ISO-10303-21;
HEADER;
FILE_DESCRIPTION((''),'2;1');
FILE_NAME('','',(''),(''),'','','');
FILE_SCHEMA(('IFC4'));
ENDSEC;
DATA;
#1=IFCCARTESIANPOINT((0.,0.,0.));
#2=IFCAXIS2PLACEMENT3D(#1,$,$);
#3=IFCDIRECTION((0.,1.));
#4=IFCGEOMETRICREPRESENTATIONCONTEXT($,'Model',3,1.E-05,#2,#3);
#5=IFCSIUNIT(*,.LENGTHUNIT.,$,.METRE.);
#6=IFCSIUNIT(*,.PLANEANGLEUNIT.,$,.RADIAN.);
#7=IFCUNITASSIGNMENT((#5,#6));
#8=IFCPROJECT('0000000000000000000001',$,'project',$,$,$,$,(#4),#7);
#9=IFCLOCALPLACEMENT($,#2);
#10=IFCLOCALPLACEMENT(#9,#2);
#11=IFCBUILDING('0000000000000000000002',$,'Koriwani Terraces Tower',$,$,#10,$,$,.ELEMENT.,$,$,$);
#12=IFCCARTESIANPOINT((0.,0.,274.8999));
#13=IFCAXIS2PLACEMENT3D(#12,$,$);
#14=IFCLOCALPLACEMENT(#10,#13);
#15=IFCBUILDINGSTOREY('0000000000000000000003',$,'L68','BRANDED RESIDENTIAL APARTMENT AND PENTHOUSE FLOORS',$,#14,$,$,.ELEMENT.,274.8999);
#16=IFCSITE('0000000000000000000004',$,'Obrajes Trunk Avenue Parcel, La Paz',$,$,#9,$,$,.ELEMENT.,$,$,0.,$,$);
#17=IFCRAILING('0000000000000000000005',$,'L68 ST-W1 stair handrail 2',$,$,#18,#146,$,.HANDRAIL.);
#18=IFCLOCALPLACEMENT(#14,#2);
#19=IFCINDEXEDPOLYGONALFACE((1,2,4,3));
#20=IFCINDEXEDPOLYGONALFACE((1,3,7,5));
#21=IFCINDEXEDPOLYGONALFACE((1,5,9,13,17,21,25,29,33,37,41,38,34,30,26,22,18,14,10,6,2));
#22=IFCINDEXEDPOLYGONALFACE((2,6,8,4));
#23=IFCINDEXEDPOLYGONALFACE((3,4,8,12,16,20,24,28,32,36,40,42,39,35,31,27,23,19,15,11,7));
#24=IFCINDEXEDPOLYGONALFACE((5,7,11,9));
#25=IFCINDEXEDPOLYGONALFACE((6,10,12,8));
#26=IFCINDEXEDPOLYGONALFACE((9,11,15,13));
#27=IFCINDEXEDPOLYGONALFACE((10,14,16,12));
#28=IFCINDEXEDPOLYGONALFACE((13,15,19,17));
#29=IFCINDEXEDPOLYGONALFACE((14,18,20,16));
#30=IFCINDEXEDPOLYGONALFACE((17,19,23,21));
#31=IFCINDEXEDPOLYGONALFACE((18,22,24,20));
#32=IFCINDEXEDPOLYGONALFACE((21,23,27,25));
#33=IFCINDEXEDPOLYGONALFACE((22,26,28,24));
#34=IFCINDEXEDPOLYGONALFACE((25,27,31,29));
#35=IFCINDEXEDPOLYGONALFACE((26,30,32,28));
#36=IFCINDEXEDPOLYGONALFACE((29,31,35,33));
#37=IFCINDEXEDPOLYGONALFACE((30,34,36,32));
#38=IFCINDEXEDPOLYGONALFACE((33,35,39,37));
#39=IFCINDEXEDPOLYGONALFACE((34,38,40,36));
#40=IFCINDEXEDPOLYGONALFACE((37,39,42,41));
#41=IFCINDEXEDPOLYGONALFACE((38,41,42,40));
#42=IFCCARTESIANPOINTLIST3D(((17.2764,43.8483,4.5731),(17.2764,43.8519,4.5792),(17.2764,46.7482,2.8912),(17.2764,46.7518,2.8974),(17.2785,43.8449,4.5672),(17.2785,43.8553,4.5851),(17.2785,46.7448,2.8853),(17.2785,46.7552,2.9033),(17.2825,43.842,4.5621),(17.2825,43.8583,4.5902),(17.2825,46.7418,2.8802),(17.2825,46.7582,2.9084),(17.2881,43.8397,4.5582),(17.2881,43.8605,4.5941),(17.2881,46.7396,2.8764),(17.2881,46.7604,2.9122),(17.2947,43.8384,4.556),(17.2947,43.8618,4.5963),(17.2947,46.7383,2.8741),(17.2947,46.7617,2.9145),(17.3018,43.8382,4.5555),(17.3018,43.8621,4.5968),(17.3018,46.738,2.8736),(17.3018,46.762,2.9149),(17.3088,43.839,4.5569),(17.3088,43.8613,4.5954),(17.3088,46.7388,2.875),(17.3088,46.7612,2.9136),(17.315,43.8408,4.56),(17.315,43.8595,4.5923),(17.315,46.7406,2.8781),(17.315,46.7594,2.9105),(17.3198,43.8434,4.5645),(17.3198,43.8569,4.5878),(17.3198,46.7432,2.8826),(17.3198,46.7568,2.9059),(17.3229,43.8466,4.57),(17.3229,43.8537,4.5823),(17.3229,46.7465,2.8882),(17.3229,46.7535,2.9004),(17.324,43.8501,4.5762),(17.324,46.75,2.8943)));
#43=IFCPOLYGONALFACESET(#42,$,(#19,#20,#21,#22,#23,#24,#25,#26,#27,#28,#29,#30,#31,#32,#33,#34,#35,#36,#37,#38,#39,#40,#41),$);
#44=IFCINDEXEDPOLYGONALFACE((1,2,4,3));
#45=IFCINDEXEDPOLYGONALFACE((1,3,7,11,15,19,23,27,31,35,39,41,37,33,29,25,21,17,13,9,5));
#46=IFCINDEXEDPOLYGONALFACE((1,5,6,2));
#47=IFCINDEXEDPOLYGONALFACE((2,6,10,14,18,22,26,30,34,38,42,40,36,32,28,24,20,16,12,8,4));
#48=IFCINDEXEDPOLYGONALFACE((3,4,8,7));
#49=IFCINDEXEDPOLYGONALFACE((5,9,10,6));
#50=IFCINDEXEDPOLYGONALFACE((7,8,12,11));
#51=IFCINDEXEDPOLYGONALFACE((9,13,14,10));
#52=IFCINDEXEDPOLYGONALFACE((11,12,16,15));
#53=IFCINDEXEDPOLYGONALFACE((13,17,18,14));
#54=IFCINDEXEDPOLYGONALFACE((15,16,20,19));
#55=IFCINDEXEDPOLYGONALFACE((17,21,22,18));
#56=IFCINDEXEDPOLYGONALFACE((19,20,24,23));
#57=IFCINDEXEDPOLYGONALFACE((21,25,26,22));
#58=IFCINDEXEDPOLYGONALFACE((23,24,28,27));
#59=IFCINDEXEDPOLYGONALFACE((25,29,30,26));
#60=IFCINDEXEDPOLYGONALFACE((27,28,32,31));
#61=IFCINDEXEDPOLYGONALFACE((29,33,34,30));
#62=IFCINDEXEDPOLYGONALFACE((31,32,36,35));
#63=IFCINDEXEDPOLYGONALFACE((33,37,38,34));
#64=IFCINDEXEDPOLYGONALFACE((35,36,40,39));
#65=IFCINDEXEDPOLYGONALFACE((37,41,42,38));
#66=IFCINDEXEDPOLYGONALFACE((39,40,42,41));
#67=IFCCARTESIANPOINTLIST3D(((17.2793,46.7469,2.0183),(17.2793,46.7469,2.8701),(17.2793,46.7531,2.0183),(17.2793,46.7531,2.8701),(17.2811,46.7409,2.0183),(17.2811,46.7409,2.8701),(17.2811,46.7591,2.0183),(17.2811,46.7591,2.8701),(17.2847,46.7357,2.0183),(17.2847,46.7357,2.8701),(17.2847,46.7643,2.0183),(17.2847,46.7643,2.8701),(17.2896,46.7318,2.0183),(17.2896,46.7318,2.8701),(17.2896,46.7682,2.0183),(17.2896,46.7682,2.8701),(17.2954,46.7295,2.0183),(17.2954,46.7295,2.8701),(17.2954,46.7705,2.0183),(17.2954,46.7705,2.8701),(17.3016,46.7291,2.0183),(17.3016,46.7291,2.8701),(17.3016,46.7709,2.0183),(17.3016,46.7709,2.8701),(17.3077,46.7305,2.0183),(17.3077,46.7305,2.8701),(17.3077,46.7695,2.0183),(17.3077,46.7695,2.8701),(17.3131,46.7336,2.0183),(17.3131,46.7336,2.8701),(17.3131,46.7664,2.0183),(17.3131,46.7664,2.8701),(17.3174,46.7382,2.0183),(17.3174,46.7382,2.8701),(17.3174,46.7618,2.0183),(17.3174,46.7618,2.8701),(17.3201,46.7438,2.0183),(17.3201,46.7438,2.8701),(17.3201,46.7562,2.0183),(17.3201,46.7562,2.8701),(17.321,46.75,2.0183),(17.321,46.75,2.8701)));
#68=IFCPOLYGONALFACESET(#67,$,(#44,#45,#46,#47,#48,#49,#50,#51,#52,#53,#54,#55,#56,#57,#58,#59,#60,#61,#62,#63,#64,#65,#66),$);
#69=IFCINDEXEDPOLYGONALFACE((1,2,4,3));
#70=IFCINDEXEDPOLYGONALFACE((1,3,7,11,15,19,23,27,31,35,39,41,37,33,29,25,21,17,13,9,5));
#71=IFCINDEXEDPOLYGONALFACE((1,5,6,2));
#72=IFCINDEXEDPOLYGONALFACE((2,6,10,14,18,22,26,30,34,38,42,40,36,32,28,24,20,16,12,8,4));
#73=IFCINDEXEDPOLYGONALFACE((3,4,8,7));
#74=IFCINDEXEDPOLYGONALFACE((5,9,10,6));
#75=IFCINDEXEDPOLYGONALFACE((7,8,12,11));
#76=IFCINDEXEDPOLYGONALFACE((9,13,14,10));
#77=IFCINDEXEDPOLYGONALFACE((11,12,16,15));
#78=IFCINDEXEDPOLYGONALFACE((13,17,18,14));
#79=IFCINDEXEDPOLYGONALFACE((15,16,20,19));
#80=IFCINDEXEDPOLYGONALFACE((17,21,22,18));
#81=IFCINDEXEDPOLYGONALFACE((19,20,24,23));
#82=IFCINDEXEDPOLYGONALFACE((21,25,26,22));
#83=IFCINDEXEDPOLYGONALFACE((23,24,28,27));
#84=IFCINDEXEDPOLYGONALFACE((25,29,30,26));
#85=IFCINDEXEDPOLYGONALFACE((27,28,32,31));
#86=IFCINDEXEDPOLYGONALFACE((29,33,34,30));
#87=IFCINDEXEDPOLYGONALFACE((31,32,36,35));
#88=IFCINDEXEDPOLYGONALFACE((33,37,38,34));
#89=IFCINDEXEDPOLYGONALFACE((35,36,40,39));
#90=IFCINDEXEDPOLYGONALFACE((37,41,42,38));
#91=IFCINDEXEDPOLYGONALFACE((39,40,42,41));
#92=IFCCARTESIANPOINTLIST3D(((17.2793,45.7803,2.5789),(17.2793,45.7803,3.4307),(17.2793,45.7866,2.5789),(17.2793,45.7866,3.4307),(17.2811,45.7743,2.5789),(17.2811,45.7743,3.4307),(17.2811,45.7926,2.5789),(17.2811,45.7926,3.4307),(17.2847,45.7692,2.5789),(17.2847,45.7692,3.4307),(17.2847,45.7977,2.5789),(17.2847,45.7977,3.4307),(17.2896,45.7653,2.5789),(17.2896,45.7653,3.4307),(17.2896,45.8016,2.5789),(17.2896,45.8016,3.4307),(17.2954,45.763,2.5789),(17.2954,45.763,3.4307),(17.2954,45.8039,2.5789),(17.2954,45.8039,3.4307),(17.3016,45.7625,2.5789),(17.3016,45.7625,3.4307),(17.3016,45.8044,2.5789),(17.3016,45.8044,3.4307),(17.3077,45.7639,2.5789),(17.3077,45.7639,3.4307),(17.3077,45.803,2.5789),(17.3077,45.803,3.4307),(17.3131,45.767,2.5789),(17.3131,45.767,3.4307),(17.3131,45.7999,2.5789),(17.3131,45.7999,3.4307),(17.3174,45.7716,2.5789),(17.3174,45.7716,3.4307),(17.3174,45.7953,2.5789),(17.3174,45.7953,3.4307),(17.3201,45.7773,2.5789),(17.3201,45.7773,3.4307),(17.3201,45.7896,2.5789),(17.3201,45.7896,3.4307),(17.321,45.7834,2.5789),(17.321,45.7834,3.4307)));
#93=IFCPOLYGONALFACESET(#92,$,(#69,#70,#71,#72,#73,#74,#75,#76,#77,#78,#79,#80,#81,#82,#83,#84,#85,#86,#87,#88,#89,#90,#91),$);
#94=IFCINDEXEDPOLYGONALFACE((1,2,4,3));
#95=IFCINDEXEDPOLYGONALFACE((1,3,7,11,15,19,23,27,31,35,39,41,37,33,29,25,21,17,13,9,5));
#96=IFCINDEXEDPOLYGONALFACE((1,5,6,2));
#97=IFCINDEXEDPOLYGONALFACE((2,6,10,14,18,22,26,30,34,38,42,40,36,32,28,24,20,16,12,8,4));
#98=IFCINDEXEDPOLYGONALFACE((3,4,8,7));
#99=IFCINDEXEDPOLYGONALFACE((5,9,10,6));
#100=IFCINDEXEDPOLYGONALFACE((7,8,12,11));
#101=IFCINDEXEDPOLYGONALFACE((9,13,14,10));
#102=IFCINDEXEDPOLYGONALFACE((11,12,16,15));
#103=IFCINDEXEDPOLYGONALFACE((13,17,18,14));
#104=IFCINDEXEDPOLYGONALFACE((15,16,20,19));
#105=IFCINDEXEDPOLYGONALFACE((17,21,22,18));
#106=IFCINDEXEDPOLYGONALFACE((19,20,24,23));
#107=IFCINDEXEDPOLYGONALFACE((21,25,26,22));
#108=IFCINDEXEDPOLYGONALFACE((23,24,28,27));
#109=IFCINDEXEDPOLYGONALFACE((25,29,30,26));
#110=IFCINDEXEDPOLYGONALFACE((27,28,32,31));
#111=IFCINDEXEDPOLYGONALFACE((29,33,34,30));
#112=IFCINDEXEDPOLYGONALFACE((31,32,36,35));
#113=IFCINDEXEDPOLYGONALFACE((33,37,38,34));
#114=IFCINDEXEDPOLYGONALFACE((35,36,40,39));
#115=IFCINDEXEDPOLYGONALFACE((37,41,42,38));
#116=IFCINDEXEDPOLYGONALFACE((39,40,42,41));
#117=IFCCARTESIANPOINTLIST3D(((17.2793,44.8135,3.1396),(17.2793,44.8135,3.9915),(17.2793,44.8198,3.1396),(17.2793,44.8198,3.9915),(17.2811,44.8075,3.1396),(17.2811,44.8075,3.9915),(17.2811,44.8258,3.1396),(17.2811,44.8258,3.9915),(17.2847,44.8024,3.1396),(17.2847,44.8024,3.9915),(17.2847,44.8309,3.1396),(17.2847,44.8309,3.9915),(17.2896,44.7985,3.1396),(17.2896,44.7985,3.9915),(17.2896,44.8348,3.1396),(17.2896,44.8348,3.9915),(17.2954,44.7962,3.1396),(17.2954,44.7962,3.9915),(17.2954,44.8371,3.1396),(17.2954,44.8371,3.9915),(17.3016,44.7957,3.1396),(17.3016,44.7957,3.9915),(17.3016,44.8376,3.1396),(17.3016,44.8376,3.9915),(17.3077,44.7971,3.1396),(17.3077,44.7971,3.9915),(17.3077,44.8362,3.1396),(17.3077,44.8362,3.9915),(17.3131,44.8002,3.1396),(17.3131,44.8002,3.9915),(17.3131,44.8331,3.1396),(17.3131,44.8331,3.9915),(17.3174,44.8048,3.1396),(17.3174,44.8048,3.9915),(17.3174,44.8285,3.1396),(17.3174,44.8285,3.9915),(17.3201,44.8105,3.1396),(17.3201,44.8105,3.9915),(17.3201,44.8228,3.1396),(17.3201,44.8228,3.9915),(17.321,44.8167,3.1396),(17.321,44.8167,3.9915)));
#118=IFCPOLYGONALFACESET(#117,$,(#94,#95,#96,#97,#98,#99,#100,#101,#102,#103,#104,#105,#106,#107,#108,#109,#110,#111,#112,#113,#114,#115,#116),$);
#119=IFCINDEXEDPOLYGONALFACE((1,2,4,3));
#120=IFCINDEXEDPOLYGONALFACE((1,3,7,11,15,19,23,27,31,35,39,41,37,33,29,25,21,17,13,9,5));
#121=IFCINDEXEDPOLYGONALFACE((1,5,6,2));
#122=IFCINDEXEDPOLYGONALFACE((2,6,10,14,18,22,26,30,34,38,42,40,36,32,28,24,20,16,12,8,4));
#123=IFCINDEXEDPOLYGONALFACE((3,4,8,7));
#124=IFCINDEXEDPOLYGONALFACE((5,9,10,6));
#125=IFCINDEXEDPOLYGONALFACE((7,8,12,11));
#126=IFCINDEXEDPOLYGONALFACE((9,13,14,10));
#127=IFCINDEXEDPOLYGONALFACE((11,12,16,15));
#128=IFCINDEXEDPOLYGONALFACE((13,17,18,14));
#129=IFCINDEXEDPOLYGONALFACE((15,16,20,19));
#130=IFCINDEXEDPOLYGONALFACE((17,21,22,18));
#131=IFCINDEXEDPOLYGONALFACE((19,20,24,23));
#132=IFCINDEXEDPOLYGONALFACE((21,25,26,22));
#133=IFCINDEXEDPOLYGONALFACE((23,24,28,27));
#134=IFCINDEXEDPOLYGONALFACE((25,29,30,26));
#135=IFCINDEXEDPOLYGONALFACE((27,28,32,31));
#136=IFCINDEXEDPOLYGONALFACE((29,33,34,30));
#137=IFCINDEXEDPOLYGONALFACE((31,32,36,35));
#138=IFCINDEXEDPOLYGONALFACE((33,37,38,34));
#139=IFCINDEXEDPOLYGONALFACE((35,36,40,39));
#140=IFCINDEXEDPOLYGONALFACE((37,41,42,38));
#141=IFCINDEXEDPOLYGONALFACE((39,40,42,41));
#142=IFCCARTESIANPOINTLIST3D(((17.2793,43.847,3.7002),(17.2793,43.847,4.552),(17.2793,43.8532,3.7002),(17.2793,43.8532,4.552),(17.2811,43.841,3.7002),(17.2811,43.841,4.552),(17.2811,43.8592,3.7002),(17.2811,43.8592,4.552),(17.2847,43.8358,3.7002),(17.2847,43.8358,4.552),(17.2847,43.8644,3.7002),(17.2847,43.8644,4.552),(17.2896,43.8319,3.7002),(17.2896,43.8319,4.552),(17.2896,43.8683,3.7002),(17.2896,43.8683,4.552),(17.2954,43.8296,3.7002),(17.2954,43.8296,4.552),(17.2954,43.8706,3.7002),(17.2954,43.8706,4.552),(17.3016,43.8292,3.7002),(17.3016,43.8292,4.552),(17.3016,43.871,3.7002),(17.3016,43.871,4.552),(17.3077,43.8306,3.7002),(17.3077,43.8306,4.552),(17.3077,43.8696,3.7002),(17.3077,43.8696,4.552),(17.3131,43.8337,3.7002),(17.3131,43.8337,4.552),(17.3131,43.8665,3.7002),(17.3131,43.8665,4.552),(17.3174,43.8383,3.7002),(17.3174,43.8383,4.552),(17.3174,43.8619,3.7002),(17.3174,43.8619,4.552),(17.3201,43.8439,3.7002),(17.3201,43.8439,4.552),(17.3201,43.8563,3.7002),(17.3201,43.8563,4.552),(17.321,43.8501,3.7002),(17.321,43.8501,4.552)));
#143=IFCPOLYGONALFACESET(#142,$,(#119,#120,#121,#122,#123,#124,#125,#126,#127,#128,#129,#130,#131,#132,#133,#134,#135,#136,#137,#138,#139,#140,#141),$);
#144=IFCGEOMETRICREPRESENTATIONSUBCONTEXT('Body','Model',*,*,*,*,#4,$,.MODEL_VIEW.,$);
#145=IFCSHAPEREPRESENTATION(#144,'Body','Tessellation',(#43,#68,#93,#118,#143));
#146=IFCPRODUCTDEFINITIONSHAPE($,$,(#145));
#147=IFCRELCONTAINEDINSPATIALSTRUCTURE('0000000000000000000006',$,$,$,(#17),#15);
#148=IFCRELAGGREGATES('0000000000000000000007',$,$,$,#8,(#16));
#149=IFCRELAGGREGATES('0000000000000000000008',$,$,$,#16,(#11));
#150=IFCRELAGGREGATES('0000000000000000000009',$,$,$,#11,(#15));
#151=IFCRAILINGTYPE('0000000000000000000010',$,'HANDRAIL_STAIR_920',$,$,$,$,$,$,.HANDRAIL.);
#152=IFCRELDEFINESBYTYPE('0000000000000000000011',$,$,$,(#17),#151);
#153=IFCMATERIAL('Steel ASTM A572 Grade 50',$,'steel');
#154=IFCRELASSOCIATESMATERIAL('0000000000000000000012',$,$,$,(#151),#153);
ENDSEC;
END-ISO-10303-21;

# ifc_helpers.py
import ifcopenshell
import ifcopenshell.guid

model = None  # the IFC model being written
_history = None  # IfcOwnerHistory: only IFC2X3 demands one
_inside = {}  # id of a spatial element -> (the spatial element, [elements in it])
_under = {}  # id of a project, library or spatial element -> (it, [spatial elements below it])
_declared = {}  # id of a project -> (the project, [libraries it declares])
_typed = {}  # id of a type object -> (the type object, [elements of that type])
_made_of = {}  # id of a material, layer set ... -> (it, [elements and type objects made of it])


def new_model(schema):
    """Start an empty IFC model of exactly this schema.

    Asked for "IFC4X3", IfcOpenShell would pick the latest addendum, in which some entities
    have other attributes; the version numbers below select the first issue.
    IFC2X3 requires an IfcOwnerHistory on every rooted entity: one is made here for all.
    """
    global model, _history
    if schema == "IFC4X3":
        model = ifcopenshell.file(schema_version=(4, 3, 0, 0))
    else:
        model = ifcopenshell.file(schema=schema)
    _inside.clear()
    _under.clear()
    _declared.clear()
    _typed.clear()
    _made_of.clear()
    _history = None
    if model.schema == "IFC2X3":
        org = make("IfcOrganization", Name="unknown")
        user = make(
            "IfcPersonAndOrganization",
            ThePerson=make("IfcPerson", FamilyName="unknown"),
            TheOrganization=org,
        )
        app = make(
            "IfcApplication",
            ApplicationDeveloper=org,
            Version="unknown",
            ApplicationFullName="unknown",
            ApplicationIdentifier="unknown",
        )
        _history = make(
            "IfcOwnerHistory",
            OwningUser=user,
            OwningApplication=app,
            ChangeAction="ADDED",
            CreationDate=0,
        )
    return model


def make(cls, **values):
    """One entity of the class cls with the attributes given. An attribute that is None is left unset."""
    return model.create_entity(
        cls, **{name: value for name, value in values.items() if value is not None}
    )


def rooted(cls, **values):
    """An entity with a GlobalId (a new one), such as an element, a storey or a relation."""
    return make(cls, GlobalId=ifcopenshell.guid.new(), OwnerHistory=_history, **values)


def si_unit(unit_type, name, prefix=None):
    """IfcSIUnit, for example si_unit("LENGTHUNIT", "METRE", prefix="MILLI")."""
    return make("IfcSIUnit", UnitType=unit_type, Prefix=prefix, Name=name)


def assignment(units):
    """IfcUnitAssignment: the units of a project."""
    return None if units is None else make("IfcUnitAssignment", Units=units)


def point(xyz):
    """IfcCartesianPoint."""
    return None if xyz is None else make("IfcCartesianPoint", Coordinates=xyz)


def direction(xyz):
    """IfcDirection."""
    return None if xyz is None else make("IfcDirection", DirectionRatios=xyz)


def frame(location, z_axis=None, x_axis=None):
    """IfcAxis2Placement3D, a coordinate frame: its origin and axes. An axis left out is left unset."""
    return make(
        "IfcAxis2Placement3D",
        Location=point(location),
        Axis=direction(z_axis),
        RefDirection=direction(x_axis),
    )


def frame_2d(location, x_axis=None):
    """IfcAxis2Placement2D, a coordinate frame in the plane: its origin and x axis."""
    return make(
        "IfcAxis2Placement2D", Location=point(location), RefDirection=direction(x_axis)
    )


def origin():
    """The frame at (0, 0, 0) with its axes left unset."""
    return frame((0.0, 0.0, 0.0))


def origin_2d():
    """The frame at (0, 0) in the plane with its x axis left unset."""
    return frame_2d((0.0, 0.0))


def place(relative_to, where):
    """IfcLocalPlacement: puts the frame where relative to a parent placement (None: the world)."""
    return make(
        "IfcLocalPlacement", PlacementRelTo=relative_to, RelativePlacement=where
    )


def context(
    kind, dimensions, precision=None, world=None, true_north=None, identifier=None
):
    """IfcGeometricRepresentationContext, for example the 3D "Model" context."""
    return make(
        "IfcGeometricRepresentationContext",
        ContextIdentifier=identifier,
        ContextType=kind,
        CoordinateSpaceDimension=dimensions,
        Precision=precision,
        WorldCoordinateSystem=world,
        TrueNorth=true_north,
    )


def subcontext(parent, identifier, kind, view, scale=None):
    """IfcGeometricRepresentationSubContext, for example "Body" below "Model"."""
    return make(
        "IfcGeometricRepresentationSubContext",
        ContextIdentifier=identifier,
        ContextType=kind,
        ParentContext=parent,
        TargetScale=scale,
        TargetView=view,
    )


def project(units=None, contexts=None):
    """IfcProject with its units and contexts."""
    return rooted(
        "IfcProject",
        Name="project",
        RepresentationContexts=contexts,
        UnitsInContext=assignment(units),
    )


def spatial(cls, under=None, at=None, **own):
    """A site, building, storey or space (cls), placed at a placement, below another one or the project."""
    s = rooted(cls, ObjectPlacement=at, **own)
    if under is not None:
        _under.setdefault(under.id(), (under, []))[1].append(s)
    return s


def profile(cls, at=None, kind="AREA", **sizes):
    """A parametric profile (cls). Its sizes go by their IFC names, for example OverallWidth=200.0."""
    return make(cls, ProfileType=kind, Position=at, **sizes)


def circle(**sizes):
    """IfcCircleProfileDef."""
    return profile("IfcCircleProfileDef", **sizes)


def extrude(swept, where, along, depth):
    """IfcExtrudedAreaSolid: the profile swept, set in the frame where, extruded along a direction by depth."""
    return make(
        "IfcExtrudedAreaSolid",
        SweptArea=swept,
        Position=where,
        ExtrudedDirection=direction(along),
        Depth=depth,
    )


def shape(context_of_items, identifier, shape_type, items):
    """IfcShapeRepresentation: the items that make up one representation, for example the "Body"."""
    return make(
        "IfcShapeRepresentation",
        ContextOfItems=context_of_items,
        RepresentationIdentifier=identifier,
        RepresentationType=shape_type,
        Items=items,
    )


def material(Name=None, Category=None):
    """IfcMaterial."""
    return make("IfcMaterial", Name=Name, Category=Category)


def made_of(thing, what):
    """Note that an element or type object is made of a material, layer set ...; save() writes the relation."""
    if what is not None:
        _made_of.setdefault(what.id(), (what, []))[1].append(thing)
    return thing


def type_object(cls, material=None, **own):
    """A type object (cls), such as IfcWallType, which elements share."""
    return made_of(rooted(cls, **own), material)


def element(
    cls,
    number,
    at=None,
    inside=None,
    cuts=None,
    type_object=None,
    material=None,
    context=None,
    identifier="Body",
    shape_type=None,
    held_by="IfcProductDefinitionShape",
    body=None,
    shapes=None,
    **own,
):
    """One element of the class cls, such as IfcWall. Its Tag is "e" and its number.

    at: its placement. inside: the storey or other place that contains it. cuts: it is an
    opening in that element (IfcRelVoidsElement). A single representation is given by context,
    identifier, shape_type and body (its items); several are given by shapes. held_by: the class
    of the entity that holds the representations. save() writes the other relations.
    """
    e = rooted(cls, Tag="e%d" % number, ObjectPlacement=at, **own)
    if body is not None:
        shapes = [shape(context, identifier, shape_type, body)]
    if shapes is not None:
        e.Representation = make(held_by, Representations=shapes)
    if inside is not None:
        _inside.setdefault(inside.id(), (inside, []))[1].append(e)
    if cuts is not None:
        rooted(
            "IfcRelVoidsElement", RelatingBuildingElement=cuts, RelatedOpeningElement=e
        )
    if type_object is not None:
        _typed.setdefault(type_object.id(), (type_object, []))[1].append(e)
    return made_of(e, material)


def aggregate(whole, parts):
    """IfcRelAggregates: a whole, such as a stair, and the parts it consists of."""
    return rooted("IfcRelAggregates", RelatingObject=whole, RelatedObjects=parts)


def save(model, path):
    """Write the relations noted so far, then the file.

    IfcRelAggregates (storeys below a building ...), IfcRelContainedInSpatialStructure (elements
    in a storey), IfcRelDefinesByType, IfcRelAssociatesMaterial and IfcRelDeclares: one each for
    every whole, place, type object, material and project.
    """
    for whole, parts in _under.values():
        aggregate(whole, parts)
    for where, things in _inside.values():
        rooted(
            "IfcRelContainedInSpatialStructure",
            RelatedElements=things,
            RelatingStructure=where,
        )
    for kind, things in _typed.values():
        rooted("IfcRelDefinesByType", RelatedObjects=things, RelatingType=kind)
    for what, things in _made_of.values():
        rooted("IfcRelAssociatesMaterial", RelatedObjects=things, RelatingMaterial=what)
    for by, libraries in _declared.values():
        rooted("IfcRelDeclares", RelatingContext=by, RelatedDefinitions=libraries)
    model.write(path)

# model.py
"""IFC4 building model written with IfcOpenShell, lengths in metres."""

from ifc_helpers import new_model, si_unit, direction, frame, origin, origin_2d, place, context, subcontext, project, spatial, circle, extrude, material, type_object, element, save


model = new_model("IFC4")

# Units and contexts
model_context = context("Model", 3, precision=1e-05, world=origin(), true_north=direction((0.0, 1.0)))
body_context = subcontext(model_context, "Body", "Model", "MODEL_VIEW")
ifc_project = project(units=[si_unit("LENGTHUNIT", "METRE"), si_unit("PLANEANGLEUNIT", "RADIAN")], contexts=[model_context])

# Site, building, storey
site_placement = place(None, origin())
site = spatial("IfcSite", under=ifc_project, at=site_placement, Name="Obrajes Trunk Avenue Parcel, La Paz", CompositionType="ELEMENT", RefElevation=0.0)
building_placement = place(site_placement, origin())
building = spatial("IfcBuilding", under=site, at=building_placement, Name="Koriwani Terraces Tower", CompositionType="ELEMENT")
storey_placement = place(building_placement, frame((0.0, 0.0, 274.8999)))
storey = spatial("IfcBuildingStorey", under=building, at=storey_placement, Name="L68", Description="BRANDED RESIDENTIAL APARTMENT AND PENTHOUSE FLOORS", CompositionType="ELEMENT", Elevation=274.8999)

# Railing
ifc_material_1 = material(Name="Steel ASTM A572 Grade 50", Category="steel")
railing_type_1 = type_object("IfcRailingType", Name="HANDRAIL_STAIR_920", PredefinedType="HANDRAIL", material=ifc_material_1)
railing_1_placement = place(storey_placement, frame((17.3, 46.75, 2.0183)))
element("IfcRailing", 1, at=railing_1_placement, inside=storey, type_object=railing_type_1, Name="L68 ST-W1 stair handrail 2", PredefinedType="HANDRAIL", context=body_context, shape_type="SweptSolid", body=[
    extrude(circle(Radius=0.0239, at=origin_2d()), frame((0.0, 0.0, 0.876), z_axis=(0.0, -0.865039, 0.501705), x_axis=(1.0, 0.0, 0.0)), (0.0, 0.0, 1.0), 3.3523),
    extrude(circle(Radius=0.021, at=origin_2d()), origin(), (0.0, 0.0, 1.0), 0.8518),
    extrude(circle(Radius=0.021, at=origin_2d()), frame((0.0, -0.9666, 0.5605)), (0.0, 0.0, 1.0), 0.8518),
    extrude(circle(Radius=0.021, at=origin_2d()), frame((0.0, -1.9333, 1.1213)), (0.0, 0.0, 1.0), 0.8518),
    extrude(circle(Radius=0.021, at=origin_2d()), frame((0.0, -2.8999, 1.6819)), (0.0, 0.0, 1.0), 0.8518),
])

save(model, "model.ifc")
